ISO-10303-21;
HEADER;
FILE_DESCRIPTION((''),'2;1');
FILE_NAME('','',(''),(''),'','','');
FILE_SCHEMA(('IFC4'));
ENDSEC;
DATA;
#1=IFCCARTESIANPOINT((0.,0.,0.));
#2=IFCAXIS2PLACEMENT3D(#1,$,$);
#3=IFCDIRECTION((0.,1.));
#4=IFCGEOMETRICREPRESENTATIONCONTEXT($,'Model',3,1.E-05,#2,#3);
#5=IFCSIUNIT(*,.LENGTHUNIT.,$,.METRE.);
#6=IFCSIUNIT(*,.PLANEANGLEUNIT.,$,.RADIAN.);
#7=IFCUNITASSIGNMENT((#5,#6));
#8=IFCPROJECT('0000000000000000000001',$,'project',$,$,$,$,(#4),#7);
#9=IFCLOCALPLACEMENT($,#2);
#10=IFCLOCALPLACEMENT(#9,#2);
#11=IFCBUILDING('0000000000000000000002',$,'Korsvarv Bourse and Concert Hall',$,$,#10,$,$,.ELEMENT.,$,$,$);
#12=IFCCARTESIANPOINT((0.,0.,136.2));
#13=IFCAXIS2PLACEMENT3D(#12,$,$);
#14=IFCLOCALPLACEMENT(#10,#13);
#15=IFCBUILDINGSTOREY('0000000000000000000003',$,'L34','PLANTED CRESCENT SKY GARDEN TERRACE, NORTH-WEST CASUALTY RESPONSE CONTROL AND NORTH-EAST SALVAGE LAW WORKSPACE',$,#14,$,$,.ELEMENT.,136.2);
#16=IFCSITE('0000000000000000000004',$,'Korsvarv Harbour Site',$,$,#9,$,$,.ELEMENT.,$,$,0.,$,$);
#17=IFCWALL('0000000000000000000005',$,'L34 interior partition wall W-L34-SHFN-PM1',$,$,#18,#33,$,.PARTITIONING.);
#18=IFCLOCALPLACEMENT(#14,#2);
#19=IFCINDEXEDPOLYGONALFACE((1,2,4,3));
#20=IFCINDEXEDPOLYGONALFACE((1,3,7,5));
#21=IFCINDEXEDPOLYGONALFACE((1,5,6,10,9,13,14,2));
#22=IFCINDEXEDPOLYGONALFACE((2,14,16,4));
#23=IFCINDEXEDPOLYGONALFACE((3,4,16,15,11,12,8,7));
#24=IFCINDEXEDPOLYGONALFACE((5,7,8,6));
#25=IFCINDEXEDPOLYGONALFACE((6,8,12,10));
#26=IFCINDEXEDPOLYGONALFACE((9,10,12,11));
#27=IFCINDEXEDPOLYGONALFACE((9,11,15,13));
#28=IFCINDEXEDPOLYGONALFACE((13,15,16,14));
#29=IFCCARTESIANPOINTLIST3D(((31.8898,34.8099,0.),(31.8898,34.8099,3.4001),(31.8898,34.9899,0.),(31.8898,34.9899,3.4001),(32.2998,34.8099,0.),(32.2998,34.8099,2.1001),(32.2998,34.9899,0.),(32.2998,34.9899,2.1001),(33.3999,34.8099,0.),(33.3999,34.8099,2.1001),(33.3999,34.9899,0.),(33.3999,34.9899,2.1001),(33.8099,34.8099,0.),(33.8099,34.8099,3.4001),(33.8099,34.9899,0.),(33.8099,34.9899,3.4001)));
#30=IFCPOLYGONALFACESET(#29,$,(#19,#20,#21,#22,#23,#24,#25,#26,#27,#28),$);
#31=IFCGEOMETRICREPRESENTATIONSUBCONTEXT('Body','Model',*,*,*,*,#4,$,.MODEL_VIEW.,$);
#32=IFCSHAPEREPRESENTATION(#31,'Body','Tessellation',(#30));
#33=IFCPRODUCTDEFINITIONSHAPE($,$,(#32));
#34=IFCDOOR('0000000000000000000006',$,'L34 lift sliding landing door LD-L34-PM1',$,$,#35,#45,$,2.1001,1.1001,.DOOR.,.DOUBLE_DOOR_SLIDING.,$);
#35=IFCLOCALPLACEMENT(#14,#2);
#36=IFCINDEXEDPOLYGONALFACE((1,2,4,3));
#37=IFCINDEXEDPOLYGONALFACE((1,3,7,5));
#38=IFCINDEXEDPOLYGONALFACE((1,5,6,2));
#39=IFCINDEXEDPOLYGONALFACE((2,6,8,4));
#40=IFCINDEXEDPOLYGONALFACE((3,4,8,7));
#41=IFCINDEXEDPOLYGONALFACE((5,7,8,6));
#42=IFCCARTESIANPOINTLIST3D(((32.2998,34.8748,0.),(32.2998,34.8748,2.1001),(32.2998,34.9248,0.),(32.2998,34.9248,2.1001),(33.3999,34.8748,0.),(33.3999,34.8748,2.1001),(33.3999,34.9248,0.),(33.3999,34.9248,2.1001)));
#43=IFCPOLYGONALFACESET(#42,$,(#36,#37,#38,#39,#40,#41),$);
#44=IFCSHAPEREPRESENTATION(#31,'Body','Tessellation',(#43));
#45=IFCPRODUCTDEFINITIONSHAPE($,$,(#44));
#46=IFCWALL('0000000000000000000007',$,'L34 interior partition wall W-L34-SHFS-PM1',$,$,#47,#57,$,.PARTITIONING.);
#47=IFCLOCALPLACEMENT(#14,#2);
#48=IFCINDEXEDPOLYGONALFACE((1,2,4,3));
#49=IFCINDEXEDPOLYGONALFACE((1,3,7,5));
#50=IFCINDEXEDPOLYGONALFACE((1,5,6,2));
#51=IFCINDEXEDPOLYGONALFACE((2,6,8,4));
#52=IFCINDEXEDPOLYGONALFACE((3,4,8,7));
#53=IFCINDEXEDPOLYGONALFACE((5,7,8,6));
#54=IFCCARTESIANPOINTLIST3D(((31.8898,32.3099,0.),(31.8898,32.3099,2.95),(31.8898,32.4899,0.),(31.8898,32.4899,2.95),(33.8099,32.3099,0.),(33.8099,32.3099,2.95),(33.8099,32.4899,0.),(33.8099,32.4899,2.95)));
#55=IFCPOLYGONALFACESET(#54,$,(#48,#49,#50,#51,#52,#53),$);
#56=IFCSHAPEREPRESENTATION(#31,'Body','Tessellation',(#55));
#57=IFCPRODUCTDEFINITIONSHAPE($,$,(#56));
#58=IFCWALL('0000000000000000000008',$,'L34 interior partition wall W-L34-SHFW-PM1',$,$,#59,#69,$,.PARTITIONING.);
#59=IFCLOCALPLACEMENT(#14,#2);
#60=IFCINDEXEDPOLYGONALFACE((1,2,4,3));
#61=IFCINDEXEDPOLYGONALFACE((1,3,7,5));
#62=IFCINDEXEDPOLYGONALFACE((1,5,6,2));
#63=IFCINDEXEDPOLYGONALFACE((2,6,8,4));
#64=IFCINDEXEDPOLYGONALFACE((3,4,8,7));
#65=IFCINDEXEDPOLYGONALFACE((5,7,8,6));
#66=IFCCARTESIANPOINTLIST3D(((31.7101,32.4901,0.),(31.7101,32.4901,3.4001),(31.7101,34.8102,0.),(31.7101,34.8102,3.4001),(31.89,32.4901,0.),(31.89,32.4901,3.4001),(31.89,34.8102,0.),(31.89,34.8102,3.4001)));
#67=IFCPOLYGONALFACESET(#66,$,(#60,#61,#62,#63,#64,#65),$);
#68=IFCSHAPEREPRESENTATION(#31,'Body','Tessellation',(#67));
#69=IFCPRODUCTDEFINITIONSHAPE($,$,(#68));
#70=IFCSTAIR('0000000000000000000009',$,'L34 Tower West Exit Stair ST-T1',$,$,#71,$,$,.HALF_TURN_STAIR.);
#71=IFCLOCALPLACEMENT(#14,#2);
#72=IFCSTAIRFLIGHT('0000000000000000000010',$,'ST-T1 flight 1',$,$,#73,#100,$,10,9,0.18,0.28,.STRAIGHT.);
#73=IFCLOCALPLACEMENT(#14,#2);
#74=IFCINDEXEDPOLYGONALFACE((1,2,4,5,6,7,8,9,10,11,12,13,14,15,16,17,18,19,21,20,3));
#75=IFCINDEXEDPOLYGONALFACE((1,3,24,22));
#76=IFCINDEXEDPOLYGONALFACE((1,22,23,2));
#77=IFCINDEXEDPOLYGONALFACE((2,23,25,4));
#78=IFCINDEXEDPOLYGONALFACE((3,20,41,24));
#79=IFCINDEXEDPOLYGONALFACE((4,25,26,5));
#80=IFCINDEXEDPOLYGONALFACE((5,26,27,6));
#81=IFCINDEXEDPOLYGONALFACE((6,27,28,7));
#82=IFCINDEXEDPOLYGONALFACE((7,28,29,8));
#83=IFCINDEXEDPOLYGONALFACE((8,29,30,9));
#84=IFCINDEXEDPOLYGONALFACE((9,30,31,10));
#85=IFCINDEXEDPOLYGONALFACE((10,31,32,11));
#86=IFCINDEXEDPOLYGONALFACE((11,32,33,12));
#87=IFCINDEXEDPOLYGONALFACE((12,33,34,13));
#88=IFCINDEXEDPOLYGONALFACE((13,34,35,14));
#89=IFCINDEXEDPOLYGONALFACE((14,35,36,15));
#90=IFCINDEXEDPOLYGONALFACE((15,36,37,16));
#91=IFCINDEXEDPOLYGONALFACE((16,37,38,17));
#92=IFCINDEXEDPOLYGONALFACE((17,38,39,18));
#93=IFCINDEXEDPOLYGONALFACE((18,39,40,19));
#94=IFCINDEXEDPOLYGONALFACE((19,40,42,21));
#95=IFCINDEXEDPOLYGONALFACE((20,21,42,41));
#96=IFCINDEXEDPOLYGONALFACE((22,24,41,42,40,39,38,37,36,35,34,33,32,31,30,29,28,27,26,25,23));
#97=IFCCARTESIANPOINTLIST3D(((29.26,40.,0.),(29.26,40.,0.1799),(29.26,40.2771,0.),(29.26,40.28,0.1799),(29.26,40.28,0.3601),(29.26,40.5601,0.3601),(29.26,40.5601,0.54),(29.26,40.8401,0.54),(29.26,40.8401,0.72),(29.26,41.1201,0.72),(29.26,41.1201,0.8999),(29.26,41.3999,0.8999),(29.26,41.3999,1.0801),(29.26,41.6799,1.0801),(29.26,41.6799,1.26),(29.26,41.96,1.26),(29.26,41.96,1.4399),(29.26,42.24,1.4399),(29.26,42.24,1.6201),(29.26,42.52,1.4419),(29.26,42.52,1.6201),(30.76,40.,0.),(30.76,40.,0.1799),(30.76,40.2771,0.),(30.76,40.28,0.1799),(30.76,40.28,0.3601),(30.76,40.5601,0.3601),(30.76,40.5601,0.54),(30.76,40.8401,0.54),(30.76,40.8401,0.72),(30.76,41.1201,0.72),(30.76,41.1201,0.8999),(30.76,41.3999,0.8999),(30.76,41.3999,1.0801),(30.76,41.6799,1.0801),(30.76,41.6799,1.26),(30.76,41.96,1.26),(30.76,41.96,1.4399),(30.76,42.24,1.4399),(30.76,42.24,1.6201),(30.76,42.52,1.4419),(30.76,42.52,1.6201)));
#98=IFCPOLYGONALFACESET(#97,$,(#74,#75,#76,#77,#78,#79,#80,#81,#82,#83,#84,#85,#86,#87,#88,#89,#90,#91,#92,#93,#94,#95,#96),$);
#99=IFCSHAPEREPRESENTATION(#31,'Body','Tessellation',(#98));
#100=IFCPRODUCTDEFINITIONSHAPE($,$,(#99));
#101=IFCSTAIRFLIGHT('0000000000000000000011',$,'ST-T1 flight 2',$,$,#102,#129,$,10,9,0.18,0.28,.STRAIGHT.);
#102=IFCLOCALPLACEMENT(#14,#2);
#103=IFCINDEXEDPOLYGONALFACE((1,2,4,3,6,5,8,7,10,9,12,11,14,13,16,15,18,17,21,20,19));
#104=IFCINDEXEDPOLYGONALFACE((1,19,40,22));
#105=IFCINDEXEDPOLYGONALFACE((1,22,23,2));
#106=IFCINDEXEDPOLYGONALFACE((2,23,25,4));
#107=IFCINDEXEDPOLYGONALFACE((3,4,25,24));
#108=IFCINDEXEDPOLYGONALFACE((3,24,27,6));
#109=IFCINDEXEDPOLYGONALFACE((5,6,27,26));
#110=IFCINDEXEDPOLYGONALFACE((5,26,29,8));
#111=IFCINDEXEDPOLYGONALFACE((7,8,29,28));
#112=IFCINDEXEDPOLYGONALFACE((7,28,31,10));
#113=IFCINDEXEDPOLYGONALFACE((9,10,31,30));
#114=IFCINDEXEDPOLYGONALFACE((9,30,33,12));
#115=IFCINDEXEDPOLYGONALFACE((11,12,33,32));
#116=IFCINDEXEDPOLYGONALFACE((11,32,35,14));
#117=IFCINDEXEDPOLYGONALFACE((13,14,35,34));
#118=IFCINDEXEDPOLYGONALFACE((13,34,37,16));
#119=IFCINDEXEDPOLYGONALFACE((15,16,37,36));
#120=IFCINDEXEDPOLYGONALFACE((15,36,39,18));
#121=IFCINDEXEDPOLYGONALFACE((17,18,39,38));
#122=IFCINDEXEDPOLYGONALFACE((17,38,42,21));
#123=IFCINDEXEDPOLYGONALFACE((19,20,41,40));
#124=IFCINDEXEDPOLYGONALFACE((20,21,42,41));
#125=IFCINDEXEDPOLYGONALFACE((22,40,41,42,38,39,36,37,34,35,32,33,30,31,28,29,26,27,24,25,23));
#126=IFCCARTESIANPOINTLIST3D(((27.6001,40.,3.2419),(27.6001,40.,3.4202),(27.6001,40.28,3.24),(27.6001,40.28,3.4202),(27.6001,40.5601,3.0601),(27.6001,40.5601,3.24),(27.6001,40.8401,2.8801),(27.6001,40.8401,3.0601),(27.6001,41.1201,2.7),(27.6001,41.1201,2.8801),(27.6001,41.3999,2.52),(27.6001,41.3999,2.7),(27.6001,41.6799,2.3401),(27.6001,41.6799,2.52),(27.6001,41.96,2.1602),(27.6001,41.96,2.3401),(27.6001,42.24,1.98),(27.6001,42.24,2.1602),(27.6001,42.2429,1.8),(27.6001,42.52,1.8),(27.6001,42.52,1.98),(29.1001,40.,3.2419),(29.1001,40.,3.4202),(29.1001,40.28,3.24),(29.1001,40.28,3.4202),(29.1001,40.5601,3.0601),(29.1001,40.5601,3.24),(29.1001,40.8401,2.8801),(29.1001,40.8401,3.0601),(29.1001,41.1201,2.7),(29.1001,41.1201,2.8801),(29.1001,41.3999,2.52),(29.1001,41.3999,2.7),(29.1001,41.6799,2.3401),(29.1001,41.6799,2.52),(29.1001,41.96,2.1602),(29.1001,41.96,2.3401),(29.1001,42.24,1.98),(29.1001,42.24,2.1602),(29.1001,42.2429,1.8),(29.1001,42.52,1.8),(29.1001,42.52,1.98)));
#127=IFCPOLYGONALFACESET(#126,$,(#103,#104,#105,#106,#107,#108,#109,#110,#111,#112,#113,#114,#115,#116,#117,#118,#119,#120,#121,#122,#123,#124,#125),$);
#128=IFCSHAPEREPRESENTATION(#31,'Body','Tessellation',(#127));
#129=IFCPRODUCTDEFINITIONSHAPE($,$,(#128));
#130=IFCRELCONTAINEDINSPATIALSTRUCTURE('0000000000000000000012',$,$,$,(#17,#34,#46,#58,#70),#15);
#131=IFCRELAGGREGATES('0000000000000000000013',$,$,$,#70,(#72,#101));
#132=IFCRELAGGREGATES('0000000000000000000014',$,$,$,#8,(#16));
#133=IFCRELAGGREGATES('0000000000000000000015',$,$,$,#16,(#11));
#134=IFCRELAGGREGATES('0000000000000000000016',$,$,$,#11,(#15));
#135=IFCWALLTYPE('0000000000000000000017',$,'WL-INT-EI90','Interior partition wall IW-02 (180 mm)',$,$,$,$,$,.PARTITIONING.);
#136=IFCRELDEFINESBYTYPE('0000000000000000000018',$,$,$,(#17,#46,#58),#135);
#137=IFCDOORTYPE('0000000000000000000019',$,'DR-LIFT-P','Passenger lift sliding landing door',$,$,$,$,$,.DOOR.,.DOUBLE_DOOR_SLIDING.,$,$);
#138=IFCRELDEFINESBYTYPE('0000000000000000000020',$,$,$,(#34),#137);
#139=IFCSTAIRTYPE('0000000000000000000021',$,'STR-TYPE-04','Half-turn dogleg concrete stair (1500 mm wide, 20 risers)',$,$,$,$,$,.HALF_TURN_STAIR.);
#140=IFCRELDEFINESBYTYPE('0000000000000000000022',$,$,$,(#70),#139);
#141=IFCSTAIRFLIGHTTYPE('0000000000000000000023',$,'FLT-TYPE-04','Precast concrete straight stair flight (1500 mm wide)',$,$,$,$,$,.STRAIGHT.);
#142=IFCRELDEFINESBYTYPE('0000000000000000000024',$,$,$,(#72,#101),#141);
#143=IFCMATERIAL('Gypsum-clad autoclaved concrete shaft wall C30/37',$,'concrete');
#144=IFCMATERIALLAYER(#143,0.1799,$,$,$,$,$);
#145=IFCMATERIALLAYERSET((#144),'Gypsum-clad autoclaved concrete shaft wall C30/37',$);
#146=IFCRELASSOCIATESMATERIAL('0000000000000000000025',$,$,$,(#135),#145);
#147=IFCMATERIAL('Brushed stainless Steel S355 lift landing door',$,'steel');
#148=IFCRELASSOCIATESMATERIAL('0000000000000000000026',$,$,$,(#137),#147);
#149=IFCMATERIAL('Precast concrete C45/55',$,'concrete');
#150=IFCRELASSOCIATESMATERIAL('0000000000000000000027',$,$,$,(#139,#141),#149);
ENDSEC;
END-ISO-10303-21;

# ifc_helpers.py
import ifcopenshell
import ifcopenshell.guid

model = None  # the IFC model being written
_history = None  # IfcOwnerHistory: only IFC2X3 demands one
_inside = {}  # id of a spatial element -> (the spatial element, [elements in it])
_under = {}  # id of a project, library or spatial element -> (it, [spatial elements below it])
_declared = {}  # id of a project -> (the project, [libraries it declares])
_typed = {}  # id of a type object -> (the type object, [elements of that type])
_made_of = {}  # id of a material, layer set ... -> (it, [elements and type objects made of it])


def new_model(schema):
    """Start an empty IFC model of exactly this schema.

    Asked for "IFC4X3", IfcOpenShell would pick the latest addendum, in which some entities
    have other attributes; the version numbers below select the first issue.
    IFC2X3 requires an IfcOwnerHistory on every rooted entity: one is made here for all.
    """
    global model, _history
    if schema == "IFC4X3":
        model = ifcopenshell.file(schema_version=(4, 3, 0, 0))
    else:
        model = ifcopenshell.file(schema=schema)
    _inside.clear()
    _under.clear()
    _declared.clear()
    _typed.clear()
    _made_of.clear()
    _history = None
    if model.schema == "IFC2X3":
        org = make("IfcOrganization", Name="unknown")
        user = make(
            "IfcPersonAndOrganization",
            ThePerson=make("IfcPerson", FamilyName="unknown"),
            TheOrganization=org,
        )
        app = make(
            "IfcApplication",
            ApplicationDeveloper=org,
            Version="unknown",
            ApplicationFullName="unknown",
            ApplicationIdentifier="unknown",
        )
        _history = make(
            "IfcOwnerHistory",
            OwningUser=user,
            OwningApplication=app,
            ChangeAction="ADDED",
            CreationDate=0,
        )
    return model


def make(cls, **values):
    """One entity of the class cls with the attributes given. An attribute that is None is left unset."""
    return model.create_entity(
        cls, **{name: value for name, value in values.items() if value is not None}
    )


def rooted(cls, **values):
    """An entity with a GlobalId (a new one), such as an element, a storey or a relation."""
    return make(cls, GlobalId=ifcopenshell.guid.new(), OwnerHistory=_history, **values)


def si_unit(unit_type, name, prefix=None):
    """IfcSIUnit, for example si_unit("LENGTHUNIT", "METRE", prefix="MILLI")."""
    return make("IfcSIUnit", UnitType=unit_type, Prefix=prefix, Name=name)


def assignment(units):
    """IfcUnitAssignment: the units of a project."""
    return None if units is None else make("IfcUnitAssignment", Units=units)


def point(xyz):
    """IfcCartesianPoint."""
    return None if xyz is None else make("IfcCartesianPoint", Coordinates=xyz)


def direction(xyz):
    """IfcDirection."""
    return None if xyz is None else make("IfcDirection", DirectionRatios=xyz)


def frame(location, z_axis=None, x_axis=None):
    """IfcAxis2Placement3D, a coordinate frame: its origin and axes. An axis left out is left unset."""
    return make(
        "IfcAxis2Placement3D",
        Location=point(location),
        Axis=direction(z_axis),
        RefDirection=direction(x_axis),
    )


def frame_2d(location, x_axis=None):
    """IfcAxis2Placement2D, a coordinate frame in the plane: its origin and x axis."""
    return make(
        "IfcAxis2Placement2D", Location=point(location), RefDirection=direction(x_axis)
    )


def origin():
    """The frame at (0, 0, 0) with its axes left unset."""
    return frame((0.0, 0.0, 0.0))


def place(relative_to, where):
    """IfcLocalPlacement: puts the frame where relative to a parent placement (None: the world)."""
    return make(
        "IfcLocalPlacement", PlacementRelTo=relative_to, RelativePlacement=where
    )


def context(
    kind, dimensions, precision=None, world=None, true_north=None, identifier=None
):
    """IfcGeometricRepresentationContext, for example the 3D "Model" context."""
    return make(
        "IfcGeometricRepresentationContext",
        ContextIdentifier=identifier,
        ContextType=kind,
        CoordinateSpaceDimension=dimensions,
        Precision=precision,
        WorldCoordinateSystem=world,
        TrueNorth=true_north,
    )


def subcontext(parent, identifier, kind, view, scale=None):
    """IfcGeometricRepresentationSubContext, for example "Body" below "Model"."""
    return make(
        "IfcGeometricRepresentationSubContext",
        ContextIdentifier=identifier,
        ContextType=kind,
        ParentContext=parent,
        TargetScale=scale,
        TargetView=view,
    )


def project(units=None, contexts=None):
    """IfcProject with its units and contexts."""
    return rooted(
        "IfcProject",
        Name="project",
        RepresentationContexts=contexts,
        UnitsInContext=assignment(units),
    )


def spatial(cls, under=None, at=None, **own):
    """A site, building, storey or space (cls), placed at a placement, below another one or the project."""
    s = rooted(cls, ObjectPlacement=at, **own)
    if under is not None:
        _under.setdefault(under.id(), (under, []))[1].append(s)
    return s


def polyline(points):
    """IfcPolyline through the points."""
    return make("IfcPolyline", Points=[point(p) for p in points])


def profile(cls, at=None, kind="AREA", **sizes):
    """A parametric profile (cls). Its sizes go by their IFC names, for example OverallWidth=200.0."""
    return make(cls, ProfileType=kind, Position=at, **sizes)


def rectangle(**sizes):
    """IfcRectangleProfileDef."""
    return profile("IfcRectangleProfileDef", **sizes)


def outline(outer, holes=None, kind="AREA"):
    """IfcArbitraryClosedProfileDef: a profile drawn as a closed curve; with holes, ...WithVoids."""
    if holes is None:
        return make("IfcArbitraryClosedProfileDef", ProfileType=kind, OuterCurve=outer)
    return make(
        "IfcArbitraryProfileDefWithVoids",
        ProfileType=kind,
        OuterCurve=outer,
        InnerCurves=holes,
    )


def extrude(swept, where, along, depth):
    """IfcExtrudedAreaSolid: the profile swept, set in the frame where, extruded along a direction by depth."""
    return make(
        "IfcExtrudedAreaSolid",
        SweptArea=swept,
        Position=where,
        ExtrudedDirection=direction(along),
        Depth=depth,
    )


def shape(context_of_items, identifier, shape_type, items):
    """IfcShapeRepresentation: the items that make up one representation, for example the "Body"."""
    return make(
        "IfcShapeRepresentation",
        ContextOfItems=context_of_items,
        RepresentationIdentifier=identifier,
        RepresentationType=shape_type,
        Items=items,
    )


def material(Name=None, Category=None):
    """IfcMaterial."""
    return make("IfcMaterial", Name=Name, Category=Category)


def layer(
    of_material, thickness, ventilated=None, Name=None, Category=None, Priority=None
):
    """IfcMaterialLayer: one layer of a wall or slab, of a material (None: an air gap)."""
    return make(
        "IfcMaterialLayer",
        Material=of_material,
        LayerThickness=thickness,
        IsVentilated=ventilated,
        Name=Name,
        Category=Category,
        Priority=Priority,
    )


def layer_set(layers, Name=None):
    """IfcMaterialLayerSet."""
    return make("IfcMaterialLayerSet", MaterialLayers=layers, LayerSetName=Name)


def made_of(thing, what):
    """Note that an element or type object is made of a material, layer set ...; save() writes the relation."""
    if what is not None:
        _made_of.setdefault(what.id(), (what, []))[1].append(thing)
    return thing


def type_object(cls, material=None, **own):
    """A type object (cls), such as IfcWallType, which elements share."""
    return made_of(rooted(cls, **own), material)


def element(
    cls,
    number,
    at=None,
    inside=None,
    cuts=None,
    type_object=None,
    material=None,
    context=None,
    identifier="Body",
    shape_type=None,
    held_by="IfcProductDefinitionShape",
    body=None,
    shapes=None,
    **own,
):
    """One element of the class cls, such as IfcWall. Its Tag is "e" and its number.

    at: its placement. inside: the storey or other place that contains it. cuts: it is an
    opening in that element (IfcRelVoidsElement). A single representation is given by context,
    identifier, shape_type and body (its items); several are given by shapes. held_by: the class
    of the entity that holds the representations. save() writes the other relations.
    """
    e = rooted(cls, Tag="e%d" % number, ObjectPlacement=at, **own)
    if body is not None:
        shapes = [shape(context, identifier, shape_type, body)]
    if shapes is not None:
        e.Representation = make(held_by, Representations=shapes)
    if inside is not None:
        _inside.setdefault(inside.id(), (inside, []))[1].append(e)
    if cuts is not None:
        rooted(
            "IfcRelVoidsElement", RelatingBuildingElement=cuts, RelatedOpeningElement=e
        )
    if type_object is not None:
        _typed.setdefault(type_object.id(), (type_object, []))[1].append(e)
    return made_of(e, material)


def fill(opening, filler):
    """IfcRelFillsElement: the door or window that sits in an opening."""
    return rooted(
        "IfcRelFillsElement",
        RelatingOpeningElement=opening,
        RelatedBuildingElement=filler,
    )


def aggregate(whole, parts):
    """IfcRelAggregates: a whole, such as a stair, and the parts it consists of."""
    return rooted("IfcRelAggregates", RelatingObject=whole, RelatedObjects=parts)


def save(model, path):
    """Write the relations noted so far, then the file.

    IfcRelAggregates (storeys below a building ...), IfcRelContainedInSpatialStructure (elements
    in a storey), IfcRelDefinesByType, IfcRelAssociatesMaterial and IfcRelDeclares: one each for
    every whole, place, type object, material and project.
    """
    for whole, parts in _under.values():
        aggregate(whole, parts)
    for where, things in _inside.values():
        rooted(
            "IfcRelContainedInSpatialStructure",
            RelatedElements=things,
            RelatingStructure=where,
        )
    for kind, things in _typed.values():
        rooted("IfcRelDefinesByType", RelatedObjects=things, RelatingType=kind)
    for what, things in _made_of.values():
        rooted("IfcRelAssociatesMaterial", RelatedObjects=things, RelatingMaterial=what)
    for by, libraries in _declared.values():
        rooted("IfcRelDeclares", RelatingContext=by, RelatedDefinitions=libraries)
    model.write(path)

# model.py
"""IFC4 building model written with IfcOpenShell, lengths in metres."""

from ifc_helpers import new_model, si_unit, direction, frame, frame_2d, origin, place, context, subcontext, project, spatial, polyline, rectangle, outline, extrude, material, layer, layer_set, type_object, element, fill, aggregate, save


model = new_model("IFC4")

# Units and contexts
model_context = context("Model", 3, precision=1e-05, world=origin(), true_north=direction((0.0, 1.0)))
body_context = subcontext(model_context, "Body", "Model", "MODEL_VIEW")
ifc_project = project(units=[si_unit("LENGTHUNIT", "METRE"), si_unit("PLANEANGLEUNIT", "RADIAN")], contexts=[model_context])

# Site, building, storey
site_placement = place(None, origin())
site = spatial("IfcSite", under=ifc_project, at=site_placement, Name="Korsvarv Harbour Site", CompositionType="ELEMENT", RefElevation=0.0)
building_placement = place(site_placement, origin())
building = spatial("IfcBuilding", under=site, at=building_placement, Name="Korsvarv Bourse and Concert Hall", CompositionType="ELEMENT")
storey_placement = place(building_placement, frame((0.0, 0.0, 136.2)))
storey = spatial("IfcBuildingStorey", under=building, at=storey_placement, Name="L34", Description="PLANTED CRESCENT SKY GARDEN TERRACE, NORTH-WEST CASUALTY RESPONSE CONTROL AND NORTH-EAST SALVAGE LAW WORKSPACE", CompositionType="ELEMENT", Elevation=136.2)

# Wall, opening, door
ifc_material_1 = material(Name="Gypsum-clad autoclaved concrete shaft wall C30/37", Category="concrete")
ifc_layer_1 = layer(ifc_material_1, 0.1799)
ifc_layer_set_1 = layer_set([ifc_layer_1], Name="Gypsum-clad autoclaved concrete shaft wall C30/37")
wall_type_1 = type_object("IfcWallType", Name="WL-INT-EI90", Description="Interior partition wall IW-02 (180 mm)", PredefinedType="PARTITIONING", material=ifc_layer_set_1)
wall_1_placement = place(storey_placement, frame((31.8899, 34.8999, 0.0), z_axis=(0.0, 0.0, 1.0), x_axis=(1.0, 0.0, 0.0)))
wall_1 = element("IfcWall", 1, at=wall_1_placement, inside=storey, type_object=wall_type_1, Name="L34 interior partition wall W-L34-SHFN-PM1", PredefinedType="PARTITIONING", context=body_context, shape_type="SweptSolid", body=[
    extrude(rectangle(XDim=1.9202, YDim=0.1799, at=frame_2d((0.96, 0.0))), origin(), (0.0, 0.0, 1.0), 3.4001),
])
opening_1_placement = place(wall_1_placement, frame((0.4099, 0.0, 0.0)))
opening_1 = element("IfcOpeningElement", 2, at=opening_1_placement, cuts=wall_1, PredefinedType="OPENING", context=body_context, shape_type="SweptSolid", body=[
    extrude(rectangle(XDim=1.1001, YDim=2.1001, at=frame_2d((0.55, 1.05))), frame((0.0, 0.1001, 0.0), z_axis=(0.0, -1.0, 0.0), x_axis=(1.0, 0.0, 0.0)), (0.0, 0.0, 1.0), 0.2),
])
ifc_material_2 = material(Name="Brushed stainless Steel S355 lift landing door", Category="steel")
door_type_1 = type_object("IfcDoorType", Name="DR-LIFT-P", Description="Passenger lift sliding landing door", OperationType="DOUBLE_DOOR_SLIDING", PredefinedType="DOOR", material=ifc_material_2)
door_1_placement = place(opening_1_placement, origin())
door_1 = element("IfcDoor", 3, at=door_1_placement, inside=storey, type_object=door_type_1, Name="L34 lift sliding landing door LD-L34-PM1", OperationType="DOUBLE_DOOR_SLIDING", OverallHeight=2.1001, OverallWidth=1.1001, PredefinedType="DOOR", context=body_context, shape_type="SweptSolid", body=[
    extrude(rectangle(XDim=1.1001, YDim=2.1001, at=frame_2d((0.55, 1.05))), frame((0.0, 0.0249, 0.0), z_axis=(0.0, -1.0, 0.0), x_axis=(1.0, 0.0, 0.0)), (0.0, 0.0, 1.0), 0.05),
])
fill(opening_1, door_1)

# Walls
wall_2_placement = place(storey_placement, frame((31.8899, 32.3999, 0.0), z_axis=(0.0, 0.0, 1.0), x_axis=(1.0, 0.0, 0.0)))
element("IfcWall", 4, at=wall_2_placement, inside=storey, type_object=wall_type_1, Name="L34 interior partition wall W-L34-SHFS-PM1", PredefinedType="PARTITIONING", context=body_context, shape_type="SweptSolid", body=[
    extrude(rectangle(XDim=1.9202, YDim=0.1799, at=frame_2d((0.96, 0.0))), origin(), (0.0, 0.0, 1.0), 2.95),
])
wall_3_placement = place(storey_placement, frame((31.8, 32.49, 0.0), z_axis=(0.0, 0.0, 1.0), x_axis=(0.0, 1.0, 0.0)))
element("IfcWall", 5, at=wall_3_placement, inside=storey, type_object=wall_type_1, Name="L34 interior partition wall W-L34-SHFW-PM1", PredefinedType="PARTITIONING", context=body_context, shape_type="SweptSolid", body=[
    extrude(rectangle(XDim=2.3201, YDim=0.1799, at=frame_2d((1.1602, 0.0))), origin(), (0.0, 0.0, 1.0), 3.4001),
])

# Stair, stair flights
ifc_material_3 = material(Name="Precast concrete C45/55", Category="concrete")
stair_type = type_object("IfcStairType", Name="STR-TYPE-04", Description="Half-turn dogleg concrete stair (1500 mm wide, 20 risers)", PredefinedType="HALF_TURN_STAIR", material=ifc_material_3)
stair_placement = place(storey_placement, origin())
stair = element("IfcStair", 6, at=stair_placement, inside=storey, type_object=stair_type, Name="L34 Tower West Exit Stair ST-T1", PredefinedType="HALF_TURN_STAIR")
stair_flight_type = type_object("IfcStairFlightType", Name="FLT-TYPE-04", Description="Precast concrete straight stair flight (1500 mm wide)", PredefinedType="STRAIGHT", material=ifc_material_3)
stair_flight_1_placement = place(storey_placement, frame((30.01, 40.0, 0.0), z_axis=(0.0, 0.0, 1.0), x_axis=(0.0, 1.0, 0.0)))
stair_flight_1 = element("IfcStairFlight", 7, at=stair_flight_1_placement, type_object=stair_flight_type, Name="ST-T1 flight 1", NumberOfRisers=10, NumberOfTreads=9, PredefinedType="STRAIGHT", RiserHeight=0.18, TreadLength=0.28, context=body_context, shape_type="SweptSolid", body=[
    extrude(outline(polyline([(0.0, 0.0), (0.0, 0.1799), (0.28, 0.1799), (0.28, 0.3601), (0.5601, 0.3601), (0.5601, 0.54), (0.8401, 0.54), (0.8401, 0.72), (1.1201, 0.72), (1.1201, 0.8999), (1.3999, 0.8999), (1.3999, 1.0801), (1.6799, 1.0801), (1.6799, 1.26), (1.96, 1.26), (1.96, 1.4399), (2.24, 1.4399), (2.24, 1.6201), (2.52, 1.6201), (2.52, 1.8), (2.52, 1.4419), (0.2771, 0.0), (0.0, 0.0)])), frame((0.0, 0.75, 0.0), z_axis=(0.0, -1.0, 0.0), x_axis=(1.0, 0.0, 0.0)), (0.0, 0.0, 1.0), 1.5),
])
stair_flight_2_placement = place(storey_placement, frame((28.3501, 42.52, 1.8), z_axis=(0.0, 0.0, 1.0), x_axis=(0.0, -1.0, 0.0)))
stair_flight_2 = element("IfcStairFlight", 8, at=stair_flight_2_placement, type_object=stair_flight_type, Name="ST-T1 flight 2", NumberOfRisers=10, NumberOfTreads=9, PredefinedType="STRAIGHT", RiserHeight=0.18, TreadLength=0.28, context=body_context, shape_type="SweptSolid", body=[
    extrude(outline(polyline([(0.0, 0.0), (0.0, 0.1799), (0.28, 0.1799), (0.28, 0.3601), (0.5601, 0.3601), (0.5601, 0.54), (0.8401, 0.54), (0.8401, 0.72), (1.1201, 0.72), (1.1201, 0.8999), (1.3999, 0.8999), (1.3999, 1.0801), (1.6799, 1.0801), (1.6799, 1.26), (1.96, 1.26), (1.96, 1.4399), (2.24, 1.4399), (2.24, 1.6201), (2.52, 1.6201), (2.52, 1.8), (2.52, 1.4419), (0.2771, 0.0), (0.0, 0.0)])), frame((0.0, 0.75, 0.0), z_axis=(0.0, -1.0, 0.0), x_axis=(1.0, 0.0, 0.0)), (0.0, 0.0, 1.0), 1.5),
])
aggregate(stair, [stair_flight_1, stair_flight_2])

save(model, "model.ifc")
